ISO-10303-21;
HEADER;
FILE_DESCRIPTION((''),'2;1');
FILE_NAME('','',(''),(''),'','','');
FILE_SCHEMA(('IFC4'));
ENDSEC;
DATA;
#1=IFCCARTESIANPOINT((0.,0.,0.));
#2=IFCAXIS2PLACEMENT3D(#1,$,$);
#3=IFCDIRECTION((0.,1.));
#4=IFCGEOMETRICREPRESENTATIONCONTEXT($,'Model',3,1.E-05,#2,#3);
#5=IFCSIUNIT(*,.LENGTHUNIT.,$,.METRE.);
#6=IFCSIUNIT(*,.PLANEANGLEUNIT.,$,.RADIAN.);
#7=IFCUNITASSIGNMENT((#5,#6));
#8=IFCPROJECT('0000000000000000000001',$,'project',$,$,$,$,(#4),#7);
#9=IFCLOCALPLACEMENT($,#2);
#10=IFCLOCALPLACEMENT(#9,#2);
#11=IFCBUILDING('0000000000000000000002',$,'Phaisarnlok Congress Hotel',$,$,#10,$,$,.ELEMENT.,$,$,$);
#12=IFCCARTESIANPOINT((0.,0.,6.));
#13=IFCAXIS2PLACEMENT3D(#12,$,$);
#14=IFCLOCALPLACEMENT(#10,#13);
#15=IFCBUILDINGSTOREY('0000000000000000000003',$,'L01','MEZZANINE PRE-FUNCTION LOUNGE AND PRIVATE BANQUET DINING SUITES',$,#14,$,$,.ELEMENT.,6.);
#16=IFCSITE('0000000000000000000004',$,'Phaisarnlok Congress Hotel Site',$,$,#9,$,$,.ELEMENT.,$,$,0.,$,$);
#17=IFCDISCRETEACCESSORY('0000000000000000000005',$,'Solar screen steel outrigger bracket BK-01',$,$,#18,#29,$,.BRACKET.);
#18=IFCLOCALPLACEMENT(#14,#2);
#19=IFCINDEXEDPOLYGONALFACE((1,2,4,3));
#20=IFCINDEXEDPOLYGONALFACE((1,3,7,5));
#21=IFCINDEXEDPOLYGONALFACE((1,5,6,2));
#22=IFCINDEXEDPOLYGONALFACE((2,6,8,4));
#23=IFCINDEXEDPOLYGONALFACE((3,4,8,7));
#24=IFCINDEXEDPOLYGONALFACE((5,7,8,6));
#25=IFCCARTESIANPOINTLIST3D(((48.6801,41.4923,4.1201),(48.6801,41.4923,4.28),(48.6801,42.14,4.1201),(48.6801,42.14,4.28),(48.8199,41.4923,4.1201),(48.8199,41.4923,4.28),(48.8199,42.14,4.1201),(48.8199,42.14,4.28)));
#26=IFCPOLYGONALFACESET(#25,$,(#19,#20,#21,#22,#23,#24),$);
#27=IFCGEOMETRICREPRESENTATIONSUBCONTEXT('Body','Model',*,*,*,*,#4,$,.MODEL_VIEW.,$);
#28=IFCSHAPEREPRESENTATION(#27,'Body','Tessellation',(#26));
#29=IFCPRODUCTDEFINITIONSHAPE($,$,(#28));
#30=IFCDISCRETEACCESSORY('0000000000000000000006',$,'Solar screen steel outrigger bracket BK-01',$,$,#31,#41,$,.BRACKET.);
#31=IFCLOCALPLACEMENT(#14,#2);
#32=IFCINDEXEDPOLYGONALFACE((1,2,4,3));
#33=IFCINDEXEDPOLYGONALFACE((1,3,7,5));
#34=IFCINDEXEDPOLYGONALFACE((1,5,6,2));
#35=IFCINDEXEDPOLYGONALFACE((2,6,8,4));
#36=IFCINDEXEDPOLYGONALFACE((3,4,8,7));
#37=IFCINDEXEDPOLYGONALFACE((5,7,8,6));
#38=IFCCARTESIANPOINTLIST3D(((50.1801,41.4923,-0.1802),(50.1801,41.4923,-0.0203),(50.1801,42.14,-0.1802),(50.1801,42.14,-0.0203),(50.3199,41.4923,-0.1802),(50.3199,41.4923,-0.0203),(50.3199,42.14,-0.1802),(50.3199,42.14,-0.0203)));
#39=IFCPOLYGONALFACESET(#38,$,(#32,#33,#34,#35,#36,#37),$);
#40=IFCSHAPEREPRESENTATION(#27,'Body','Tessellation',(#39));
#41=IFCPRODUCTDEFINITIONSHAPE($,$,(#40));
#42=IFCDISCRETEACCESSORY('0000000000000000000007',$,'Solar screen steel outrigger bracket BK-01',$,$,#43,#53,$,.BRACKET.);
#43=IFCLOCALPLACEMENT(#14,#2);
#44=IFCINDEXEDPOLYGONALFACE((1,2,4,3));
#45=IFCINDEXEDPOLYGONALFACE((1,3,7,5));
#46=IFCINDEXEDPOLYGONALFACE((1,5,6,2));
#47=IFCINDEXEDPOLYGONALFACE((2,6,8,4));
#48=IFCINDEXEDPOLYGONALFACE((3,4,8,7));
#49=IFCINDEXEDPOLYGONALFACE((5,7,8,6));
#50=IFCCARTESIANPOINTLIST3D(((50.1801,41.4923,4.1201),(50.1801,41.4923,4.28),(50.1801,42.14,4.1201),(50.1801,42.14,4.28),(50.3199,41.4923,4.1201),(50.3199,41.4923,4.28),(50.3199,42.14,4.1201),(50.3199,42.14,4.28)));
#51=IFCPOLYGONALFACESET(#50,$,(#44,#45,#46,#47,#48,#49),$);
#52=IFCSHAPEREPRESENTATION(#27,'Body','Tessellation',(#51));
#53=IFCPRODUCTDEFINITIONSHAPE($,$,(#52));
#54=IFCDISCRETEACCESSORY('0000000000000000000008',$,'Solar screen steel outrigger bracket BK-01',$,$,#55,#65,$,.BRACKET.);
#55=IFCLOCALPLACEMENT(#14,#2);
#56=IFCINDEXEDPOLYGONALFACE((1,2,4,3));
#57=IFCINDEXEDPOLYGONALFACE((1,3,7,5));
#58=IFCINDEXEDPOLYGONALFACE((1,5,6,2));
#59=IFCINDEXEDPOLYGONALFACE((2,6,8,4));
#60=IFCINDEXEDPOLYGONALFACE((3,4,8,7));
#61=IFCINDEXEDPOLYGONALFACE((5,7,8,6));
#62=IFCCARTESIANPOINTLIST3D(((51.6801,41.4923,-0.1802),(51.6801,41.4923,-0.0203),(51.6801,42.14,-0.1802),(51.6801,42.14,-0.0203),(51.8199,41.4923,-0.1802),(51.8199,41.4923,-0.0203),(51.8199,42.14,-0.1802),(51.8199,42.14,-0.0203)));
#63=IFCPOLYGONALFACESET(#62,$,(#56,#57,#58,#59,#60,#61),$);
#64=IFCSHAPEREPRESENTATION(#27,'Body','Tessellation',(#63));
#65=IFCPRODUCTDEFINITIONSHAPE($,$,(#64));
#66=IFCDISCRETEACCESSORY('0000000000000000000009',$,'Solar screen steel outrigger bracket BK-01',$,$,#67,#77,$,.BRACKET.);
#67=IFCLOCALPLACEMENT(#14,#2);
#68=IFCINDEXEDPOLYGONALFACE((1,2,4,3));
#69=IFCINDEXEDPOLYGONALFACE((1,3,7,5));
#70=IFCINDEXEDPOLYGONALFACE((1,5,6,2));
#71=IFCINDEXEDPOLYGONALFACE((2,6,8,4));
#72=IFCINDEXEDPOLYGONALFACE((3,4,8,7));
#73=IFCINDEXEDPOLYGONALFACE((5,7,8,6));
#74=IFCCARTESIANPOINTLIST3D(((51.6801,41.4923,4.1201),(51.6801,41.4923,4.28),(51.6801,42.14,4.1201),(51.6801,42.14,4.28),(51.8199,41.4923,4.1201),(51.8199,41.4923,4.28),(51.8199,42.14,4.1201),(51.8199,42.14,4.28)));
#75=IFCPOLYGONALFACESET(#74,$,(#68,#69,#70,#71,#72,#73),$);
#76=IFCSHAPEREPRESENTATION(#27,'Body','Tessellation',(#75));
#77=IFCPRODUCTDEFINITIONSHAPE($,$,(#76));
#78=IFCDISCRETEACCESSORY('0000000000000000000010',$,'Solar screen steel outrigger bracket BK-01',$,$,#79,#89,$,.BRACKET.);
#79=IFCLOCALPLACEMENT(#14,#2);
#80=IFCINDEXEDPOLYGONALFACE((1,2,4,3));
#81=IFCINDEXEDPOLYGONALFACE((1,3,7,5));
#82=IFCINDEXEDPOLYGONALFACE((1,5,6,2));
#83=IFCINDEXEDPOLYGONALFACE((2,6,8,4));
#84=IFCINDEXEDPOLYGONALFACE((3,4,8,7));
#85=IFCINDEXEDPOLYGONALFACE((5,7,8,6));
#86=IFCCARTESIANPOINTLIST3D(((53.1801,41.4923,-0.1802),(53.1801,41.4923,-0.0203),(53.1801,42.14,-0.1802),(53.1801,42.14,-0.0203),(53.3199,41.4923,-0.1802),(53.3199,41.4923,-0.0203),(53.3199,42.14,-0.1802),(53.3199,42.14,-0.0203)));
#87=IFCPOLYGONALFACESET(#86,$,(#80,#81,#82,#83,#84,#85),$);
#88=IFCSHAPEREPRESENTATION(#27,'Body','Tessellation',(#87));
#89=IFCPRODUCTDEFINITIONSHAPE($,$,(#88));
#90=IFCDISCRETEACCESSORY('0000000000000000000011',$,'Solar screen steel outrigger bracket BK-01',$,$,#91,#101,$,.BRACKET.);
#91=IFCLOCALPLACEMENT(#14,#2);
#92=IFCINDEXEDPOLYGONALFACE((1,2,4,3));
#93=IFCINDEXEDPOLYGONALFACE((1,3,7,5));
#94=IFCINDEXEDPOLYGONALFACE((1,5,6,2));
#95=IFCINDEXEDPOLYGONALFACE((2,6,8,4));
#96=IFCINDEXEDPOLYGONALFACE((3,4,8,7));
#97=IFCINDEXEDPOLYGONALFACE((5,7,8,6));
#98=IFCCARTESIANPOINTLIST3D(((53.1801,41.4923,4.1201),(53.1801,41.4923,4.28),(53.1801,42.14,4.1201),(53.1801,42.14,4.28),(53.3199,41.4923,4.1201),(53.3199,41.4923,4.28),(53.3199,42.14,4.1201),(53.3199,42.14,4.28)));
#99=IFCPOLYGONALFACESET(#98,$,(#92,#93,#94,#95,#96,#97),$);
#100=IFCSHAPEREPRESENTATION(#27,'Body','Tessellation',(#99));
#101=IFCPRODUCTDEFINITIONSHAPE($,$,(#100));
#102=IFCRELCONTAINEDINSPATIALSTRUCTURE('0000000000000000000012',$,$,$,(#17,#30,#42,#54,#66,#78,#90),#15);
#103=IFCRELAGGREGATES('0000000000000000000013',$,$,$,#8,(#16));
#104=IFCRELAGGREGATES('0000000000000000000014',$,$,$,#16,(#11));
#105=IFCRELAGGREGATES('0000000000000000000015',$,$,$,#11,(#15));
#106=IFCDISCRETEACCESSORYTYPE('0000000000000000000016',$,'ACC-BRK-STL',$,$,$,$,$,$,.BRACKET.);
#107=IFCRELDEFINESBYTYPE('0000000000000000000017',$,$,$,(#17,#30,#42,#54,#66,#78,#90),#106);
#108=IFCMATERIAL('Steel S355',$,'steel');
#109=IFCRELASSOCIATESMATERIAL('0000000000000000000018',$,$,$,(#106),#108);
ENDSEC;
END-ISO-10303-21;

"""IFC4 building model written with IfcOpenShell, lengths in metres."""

from ifc_helpers import new_model, si_unit, direction, frame, origin, origin_2d, place, context, subcontext, project, spatial, rectangle, extrude, material, type_object, element, save


model = new_model("IFC4")

# Units and contexts
model_context = context("Model", 3, precision=1e-05, world=origin(), true_north=direction((0.0, 1.0)))
body_context = subcontext(model_context, "Body", "Model", "MODEL_VIEW")
ifc_project = project(units=[si_unit("LENGTHUNIT", "METRE"), si_unit("PLANEANGLEUNIT", "RADIAN")], contexts=[model_context])

# Site, building, storey
site_placement = place(None, origin())
site = spatial("IfcSite", under=ifc_project, at=site_placement, Name="Phaisarnlok Congress Hotel Site", CompositionType="ELEMENT", RefElevation=0.0)
building_placement = place(site_placement, origin())
building = spatial("IfcBuilding", under=site, at=building_placement, Name="Phaisarnlok Congress Hotel", CompositionType="ELEMENT")
storey_placement = place(building_placement, frame((0.0, 0.0, 6.0)))
storey = spatial("IfcBuildingStorey", under=building, at=storey_placement, Name="L01", Description="MEZZANINE PRE-FUNCTION LOUNGE AND PRIVATE BANQUET DINING SUITES", CompositionType="ELEMENT", Elevation=6.0)

# Discrete accessories
ifc_material_1 = material(Name="Steel S355", Category="steel")
discrete_accessory_type = type_object("IfcDiscreteAccessoryType", Name="ACC-BRK-STL", PredefinedType="BRACKET", material=ifc_material_1)
for number, where, z_axis, x_axis, name in (
    (1, (48.75, 41.8162, 4.1201), (0.0, 0.0, 1.0), (1.0, 0.0, 0.0), "Solar screen steel outrigger bracket BK-01"),
    (2, (50.25, 41.8162, -0.1802), (0.0, 0.0, 1.0), (1.0, 0.0, 0.0), "Solar screen steel outrigger bracket BK-01"),
    (3, (50.25, 41.8162, 4.1201), (0.0, 0.0, 1.0), (1.0, 0.0, 0.0), "Solar screen steel outrigger bracket BK-01"),
    (4, (51.75, 41.8162, -0.1802), (0.0, 0.0, 1.0), (1.0, 0.0, 0.0), "Solar screen steel outrigger bracket BK-01"),
    (5, (51.75, 41.8162, 4.1201), (0.0, 0.0, 1.0), (1.0, 0.0, 0.0), "Solar screen steel outrigger bracket BK-01"),
    (6, (53.25, 41.8162, -0.1802), (0.0, 0.0, 1.0), (1.0, 0.0, 0.0), "Solar screen steel outrigger bracket BK-01"),
    (7, (53.25, 41.8162, 4.1201), (0.0, 0.0, 1.0), (1.0, 0.0, 0.0), "Solar screen steel outrigger bracket BK-01"),
):
    element("IfcDiscreteAccessory", number, at=place(storey_placement, frame(where, z_axis=z_axis, x_axis=x_axis)), inside=storey, type_object=discrete_accessory_type, Name=name, PredefinedType="BRACKET", context=body_context, shape_type="SweptSolid", body=[
        extrude(rectangle(XDim=0.1399, YDim=0.6477, at=origin_2d()), origin(), (0.0, 0.0, 1.0), 0.1599),
    ])

save(model, "model.ifc")
